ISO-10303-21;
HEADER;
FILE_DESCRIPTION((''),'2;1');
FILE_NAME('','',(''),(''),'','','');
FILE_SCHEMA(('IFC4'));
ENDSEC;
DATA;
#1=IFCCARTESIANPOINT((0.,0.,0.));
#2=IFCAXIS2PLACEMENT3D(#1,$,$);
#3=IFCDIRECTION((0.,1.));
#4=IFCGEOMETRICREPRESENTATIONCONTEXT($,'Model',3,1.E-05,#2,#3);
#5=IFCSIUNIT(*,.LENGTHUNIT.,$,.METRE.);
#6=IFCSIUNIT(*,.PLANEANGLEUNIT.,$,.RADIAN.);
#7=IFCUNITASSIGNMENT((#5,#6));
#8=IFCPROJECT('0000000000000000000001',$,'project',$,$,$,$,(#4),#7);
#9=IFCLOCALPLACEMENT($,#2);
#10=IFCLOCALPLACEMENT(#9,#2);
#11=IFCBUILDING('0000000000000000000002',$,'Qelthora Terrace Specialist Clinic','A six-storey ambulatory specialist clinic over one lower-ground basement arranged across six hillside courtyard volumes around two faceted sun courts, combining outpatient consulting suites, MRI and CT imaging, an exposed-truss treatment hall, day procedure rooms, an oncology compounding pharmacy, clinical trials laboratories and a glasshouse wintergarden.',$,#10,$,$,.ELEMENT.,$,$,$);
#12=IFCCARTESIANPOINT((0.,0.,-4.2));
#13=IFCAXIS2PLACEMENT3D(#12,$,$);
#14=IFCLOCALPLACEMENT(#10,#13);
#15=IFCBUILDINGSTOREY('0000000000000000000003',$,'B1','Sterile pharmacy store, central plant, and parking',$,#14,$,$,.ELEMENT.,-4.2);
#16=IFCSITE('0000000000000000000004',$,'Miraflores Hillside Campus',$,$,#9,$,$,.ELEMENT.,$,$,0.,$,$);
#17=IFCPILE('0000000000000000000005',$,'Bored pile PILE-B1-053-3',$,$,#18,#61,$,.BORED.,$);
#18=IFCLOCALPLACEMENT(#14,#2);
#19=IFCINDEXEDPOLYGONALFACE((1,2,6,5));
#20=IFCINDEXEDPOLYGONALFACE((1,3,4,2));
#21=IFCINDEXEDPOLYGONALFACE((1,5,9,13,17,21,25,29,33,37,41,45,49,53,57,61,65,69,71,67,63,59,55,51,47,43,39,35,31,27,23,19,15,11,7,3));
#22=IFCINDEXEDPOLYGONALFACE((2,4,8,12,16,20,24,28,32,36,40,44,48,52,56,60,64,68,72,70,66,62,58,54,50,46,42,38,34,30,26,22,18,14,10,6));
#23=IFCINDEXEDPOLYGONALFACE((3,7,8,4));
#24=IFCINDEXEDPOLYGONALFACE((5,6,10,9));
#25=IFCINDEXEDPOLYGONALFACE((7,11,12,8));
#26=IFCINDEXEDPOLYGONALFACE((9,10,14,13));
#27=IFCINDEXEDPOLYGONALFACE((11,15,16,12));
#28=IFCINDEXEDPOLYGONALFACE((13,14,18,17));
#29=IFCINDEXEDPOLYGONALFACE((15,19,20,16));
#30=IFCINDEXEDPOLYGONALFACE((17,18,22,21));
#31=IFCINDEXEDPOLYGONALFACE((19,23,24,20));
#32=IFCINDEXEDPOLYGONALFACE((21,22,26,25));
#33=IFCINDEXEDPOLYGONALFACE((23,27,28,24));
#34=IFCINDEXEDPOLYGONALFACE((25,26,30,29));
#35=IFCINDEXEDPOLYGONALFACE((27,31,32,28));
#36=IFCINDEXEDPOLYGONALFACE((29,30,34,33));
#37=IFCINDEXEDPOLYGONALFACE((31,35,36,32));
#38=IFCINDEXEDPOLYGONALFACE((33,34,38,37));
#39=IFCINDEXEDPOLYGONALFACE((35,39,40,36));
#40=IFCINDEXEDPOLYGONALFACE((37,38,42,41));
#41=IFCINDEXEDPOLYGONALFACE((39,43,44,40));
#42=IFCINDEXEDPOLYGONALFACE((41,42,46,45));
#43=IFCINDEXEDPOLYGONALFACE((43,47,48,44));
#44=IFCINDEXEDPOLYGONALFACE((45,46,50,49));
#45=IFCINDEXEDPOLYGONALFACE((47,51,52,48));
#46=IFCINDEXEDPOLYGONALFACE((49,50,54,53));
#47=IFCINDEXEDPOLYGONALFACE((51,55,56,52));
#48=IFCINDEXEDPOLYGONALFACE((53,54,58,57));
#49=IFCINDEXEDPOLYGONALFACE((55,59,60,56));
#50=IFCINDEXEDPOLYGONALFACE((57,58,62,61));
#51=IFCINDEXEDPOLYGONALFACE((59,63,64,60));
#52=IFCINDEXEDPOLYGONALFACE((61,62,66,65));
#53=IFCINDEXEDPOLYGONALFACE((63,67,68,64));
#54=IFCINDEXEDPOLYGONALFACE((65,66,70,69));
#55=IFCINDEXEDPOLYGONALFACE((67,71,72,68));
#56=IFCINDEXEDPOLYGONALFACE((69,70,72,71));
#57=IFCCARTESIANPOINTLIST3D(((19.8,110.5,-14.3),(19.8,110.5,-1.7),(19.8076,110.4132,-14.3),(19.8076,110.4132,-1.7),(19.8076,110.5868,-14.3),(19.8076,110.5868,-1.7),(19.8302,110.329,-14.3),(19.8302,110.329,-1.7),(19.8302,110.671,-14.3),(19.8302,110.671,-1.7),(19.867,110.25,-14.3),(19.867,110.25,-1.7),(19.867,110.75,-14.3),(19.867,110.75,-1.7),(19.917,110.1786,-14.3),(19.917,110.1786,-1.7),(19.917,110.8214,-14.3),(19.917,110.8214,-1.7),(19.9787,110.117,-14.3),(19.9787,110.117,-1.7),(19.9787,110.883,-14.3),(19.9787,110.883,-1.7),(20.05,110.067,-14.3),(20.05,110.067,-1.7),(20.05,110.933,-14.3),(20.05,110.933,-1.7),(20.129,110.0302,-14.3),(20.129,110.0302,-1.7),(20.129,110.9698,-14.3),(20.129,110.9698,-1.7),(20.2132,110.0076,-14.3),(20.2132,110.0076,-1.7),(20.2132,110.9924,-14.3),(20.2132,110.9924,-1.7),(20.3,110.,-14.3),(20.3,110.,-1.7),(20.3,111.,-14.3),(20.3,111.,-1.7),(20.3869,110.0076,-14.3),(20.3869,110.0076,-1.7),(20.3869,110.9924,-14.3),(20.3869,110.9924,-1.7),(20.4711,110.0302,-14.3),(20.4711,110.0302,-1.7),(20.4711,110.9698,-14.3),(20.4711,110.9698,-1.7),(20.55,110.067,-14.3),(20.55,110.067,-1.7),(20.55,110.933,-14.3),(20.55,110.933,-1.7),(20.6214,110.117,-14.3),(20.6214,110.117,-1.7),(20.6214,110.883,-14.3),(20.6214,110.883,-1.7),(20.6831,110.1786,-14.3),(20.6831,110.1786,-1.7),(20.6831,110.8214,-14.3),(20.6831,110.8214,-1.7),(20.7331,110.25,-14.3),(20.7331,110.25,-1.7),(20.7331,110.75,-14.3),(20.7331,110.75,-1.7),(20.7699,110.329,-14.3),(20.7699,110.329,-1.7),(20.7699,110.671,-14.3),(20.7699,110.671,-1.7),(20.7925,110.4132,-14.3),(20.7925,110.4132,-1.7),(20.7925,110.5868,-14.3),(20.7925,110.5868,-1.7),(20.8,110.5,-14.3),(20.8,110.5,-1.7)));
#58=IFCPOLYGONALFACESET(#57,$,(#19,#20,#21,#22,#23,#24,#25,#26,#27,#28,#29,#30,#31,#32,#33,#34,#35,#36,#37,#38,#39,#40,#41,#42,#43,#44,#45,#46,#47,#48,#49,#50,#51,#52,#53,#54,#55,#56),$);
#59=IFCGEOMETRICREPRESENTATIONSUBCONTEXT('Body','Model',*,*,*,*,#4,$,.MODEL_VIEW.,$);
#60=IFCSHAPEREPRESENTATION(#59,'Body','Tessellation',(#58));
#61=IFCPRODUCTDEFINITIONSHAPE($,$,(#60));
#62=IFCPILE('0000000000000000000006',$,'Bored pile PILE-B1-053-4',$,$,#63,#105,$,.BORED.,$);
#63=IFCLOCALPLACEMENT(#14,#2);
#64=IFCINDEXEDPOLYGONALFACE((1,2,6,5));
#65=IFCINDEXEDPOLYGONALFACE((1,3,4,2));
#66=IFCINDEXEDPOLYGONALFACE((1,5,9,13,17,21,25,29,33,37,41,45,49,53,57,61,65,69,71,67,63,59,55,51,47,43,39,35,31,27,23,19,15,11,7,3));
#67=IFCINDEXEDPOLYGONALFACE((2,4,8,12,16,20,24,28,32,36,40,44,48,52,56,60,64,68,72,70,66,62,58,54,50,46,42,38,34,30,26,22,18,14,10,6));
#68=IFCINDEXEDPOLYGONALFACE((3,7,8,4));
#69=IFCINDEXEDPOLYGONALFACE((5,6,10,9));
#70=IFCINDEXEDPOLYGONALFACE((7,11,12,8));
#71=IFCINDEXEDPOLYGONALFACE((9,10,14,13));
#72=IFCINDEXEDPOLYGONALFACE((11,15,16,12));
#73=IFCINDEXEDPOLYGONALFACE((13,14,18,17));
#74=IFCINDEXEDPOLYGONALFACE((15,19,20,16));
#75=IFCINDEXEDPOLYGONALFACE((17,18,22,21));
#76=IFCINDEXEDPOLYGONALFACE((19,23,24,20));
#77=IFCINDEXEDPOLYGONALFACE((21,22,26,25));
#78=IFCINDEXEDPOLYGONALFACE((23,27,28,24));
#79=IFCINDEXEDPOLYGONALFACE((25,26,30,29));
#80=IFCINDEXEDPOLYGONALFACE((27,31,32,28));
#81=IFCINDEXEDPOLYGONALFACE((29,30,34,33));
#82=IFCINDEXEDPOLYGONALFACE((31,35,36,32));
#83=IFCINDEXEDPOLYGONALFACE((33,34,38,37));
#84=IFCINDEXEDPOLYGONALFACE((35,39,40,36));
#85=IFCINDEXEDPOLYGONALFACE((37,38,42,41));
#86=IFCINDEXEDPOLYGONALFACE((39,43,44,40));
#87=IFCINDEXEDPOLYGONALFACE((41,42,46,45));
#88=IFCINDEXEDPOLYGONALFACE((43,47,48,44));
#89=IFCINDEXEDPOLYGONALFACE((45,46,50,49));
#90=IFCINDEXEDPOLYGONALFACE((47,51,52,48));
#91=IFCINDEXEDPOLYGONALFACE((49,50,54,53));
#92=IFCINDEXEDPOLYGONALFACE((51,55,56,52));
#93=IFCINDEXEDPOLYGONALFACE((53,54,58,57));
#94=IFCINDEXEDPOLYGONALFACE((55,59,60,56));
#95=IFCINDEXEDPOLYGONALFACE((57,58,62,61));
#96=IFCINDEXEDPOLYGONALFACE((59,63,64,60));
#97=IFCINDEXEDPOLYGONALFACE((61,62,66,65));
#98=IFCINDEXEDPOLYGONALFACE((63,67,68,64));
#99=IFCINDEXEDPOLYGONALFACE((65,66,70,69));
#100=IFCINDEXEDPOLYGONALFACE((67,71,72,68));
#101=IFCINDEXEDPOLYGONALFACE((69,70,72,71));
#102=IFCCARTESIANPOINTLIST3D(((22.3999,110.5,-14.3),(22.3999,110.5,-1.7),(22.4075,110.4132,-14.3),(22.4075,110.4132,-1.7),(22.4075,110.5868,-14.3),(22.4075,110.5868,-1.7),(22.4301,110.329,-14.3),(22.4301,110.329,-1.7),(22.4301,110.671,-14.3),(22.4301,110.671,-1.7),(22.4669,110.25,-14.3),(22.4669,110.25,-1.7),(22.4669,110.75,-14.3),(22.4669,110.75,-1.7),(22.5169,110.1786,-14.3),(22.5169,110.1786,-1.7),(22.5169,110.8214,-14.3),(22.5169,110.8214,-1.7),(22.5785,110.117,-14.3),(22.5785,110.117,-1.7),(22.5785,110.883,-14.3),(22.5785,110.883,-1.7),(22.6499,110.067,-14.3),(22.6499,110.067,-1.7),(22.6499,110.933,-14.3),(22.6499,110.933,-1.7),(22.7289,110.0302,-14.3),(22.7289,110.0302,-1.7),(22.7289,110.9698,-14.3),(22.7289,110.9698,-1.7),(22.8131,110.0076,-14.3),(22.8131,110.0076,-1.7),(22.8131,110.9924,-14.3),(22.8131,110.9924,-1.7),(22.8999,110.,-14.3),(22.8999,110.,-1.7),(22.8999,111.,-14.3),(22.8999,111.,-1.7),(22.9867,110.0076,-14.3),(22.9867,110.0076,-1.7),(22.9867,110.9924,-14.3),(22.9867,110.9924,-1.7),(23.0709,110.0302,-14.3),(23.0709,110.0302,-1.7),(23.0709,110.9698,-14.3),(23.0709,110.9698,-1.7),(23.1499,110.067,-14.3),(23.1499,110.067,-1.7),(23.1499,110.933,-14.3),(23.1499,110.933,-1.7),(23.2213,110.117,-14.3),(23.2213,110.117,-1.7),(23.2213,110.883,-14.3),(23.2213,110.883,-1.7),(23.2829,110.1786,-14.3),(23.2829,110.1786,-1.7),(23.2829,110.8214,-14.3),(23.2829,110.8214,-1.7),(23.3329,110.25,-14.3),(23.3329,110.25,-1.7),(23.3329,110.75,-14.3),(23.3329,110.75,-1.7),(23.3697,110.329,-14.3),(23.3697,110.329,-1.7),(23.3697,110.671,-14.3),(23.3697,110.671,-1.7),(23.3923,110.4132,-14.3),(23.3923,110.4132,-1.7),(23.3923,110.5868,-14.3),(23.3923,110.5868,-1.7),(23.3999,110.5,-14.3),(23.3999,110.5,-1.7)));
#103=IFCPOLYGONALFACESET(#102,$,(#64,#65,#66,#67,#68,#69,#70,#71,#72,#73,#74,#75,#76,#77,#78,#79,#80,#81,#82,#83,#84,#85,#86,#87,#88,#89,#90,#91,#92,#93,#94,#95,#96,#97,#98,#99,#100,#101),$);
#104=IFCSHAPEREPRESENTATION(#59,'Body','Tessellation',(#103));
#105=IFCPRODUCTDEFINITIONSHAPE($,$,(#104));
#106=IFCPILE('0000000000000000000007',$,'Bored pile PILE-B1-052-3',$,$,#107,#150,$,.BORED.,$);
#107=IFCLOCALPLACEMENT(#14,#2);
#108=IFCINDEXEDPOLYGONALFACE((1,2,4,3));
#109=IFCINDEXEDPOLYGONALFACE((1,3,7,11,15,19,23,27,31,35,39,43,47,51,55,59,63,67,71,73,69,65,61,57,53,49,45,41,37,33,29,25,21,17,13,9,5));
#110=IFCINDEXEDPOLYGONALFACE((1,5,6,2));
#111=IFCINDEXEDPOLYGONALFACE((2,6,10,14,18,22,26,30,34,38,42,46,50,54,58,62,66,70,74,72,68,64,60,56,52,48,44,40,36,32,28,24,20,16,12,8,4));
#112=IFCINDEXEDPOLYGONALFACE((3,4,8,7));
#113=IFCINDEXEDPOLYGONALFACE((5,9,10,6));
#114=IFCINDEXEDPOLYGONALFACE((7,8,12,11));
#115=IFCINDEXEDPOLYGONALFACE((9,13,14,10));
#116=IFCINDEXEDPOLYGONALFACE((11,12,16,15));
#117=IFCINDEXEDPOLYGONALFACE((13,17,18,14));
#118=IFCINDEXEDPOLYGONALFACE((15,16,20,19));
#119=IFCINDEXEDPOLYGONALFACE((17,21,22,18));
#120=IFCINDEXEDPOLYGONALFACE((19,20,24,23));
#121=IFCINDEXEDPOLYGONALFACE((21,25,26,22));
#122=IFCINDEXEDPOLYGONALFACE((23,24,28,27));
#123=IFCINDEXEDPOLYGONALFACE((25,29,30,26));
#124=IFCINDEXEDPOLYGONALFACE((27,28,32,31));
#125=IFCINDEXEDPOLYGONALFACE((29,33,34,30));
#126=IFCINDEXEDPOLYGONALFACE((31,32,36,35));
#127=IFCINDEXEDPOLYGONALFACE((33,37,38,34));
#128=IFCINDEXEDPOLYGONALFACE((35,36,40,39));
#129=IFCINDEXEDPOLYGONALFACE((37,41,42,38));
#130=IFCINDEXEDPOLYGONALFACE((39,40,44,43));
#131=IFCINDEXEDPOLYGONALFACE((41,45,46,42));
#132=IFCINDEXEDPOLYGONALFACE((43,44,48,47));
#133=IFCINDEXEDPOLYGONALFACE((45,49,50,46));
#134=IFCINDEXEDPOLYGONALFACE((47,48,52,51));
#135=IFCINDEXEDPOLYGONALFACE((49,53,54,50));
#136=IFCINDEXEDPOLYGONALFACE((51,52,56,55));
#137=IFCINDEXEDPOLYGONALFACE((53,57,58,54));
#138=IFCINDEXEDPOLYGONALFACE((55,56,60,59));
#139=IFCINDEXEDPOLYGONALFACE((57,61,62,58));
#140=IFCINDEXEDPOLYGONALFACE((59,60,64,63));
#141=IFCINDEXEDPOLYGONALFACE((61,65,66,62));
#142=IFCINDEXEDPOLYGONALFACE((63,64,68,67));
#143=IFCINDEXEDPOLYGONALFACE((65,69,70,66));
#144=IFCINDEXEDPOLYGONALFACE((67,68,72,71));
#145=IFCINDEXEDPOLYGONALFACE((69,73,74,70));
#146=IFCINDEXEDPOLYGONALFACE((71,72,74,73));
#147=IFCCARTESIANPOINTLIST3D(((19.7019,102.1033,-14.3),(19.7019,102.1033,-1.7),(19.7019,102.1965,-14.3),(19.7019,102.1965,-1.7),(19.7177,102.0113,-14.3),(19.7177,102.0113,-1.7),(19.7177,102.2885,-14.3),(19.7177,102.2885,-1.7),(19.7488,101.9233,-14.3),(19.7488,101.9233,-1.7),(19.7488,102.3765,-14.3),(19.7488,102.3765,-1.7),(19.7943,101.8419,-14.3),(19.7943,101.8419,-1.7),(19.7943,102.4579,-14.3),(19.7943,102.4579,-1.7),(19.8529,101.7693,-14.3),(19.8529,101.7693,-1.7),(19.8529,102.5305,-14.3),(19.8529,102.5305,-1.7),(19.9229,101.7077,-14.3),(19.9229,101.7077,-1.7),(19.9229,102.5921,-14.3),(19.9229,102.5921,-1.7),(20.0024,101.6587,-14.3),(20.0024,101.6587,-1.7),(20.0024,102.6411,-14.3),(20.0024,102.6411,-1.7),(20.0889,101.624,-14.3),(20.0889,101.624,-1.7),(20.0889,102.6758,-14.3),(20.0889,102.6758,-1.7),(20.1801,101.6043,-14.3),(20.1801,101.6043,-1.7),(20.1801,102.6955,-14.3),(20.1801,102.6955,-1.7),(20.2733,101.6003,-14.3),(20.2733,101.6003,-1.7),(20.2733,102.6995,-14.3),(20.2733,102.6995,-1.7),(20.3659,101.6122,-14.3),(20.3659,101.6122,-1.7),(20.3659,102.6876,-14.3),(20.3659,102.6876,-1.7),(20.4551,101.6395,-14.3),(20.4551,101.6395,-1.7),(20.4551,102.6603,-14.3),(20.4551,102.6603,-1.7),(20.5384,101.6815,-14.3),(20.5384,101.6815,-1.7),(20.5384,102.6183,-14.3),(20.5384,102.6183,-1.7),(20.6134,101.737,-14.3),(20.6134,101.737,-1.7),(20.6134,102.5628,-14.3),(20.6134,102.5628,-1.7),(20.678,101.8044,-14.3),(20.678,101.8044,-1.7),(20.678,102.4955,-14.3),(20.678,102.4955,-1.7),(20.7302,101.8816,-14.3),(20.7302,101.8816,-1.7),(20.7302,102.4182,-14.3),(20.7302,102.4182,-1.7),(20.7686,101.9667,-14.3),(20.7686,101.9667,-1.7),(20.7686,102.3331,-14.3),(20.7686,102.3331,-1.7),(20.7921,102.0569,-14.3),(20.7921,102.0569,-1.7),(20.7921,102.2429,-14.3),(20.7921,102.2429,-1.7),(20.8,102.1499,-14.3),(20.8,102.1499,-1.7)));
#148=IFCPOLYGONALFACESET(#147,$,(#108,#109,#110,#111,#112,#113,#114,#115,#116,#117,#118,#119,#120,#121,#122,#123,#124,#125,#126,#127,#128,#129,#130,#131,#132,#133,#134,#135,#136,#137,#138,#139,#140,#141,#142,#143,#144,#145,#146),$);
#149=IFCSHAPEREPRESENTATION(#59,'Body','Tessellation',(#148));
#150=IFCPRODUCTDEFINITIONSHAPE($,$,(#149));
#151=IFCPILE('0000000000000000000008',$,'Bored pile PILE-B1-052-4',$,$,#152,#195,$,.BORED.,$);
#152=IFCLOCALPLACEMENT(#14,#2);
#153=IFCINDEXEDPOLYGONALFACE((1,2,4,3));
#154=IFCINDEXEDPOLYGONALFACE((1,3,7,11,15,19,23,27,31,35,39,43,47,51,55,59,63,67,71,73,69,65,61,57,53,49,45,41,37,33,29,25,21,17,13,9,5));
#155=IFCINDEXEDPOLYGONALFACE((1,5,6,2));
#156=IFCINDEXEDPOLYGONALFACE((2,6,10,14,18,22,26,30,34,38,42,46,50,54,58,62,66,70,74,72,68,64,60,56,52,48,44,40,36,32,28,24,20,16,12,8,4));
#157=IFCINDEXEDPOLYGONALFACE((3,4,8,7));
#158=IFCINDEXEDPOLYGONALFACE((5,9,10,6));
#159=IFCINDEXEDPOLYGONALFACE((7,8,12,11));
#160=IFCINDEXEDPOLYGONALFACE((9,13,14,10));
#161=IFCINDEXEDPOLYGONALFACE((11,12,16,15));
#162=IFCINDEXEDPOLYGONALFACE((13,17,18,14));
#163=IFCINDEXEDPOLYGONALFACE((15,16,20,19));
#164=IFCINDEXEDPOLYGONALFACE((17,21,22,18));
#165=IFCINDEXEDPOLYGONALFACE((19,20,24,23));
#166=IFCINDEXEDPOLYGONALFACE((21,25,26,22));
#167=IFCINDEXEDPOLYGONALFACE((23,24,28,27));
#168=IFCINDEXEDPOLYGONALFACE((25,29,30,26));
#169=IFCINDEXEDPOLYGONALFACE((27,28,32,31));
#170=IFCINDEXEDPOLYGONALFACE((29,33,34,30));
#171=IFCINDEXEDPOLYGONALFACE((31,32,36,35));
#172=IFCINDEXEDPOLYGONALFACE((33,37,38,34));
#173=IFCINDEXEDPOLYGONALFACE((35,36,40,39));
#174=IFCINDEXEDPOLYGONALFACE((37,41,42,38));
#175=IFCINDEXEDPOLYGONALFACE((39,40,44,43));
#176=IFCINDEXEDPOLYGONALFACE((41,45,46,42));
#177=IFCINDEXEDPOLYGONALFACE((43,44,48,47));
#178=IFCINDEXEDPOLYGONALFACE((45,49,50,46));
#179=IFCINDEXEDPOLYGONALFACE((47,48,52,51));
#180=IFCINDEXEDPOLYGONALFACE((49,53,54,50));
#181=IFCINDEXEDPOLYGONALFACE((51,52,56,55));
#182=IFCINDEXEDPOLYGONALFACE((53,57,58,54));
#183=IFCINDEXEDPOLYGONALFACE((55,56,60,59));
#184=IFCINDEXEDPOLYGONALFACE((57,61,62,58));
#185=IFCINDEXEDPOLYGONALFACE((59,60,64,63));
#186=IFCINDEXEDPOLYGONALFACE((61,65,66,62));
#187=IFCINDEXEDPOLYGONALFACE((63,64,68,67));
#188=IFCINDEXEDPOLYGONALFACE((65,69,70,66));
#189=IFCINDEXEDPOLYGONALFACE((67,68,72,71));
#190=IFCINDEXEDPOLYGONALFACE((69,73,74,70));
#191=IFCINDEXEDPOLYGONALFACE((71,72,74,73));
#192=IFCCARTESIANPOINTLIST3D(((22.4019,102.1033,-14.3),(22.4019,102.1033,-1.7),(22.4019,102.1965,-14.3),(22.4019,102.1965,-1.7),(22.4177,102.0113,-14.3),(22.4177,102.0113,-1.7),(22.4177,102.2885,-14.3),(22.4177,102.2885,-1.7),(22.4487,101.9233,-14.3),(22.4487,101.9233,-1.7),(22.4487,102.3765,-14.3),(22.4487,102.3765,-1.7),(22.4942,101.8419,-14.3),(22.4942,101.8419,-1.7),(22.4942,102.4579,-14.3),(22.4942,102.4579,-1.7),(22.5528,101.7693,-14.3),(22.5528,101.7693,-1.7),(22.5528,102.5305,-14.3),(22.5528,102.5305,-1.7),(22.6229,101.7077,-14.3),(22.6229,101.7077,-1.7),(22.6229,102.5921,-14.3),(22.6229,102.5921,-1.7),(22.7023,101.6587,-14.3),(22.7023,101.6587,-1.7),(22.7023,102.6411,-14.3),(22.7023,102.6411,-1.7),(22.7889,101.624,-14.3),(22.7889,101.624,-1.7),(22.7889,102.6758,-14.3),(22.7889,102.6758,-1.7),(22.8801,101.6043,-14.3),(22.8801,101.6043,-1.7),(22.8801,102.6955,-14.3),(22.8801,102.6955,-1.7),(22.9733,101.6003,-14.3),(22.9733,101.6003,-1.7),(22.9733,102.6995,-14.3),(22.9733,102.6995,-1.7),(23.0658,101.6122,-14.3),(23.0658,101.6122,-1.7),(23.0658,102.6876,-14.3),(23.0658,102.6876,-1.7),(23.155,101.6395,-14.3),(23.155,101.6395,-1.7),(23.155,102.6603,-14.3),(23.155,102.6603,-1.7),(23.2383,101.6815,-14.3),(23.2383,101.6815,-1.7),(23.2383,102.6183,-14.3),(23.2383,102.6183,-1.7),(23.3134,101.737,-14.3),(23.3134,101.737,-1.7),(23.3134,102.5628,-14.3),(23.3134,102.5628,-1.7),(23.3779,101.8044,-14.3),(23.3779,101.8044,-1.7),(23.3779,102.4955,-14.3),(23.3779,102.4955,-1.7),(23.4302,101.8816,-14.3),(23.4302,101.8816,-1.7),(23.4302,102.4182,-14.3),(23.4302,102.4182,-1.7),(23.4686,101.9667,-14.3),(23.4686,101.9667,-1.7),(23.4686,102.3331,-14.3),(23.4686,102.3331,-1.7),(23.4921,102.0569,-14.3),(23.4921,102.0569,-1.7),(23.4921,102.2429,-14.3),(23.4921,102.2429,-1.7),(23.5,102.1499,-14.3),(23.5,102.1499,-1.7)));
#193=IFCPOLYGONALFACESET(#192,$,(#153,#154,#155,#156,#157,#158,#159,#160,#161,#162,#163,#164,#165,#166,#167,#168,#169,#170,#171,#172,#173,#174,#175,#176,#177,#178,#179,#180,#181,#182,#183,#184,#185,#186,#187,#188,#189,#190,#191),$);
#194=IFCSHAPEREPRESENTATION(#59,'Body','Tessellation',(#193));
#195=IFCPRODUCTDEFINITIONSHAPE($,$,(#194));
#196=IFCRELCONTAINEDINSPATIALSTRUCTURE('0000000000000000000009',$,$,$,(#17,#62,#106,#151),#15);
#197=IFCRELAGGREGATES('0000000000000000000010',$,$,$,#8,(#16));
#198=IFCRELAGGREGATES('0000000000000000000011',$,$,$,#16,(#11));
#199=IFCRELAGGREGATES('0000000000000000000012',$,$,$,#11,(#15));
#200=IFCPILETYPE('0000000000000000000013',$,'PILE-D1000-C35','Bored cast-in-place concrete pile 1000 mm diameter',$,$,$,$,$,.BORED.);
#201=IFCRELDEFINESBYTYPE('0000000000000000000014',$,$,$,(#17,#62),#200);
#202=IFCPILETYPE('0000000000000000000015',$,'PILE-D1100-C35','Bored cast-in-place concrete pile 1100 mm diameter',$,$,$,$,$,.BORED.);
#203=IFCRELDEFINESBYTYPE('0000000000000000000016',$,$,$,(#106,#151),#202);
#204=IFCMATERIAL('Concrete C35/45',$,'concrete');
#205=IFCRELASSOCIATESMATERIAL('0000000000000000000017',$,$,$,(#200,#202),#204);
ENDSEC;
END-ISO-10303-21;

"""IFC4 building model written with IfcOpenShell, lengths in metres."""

from ifc_helpers import new_model, si_unit, direction, frame, origin, origin_2d, place, context, subcontext, project, spatial, circle, extrude, material, material_profile, profile_set, type_object, element, save


model = new_model("IFC4")

# Units and contexts
model_context = context("Model", 3, precision=1e-05, world=origin(), true_north=direction((0.0, 1.0)))
body_context = subcontext(model_context, "Body", "Model", "MODEL_VIEW")
ifc_project = project(units=[si_unit("LENGTHUNIT", "METRE"), si_unit("PLANEANGLEUNIT", "RADIAN")], contexts=[model_context])

# Site, building, storey
site_placement = place(None, origin())
site = spatial("IfcSite", under=ifc_project, at=site_placement, Name="Miraflores Hillside Campus", CompositionType="ELEMENT", RefElevation=0.0)
building_placement = place(site_placement, origin())
building = spatial("IfcBuilding", under=site, at=building_placement, Name="Qelthora Terrace Specialist Clinic", Description="A six-storey ambulatory specialist clinic over one lower-ground basement arranged across six hillside courtyard volumes around two faceted sun courts, combining outpatient consulting suites, MRI and CT imaging, an exposed-truss treatment hall, day procedure rooms, an oncology compounding pharmacy, clinical trials laboratories and a glasshouse wintergarden.", CompositionType="ELEMENT")
storey_placement = place(building_placement, frame((0.0, 0.0, -4.2)))
storey = spatial("IfcBuildingStorey", under=building, at=storey_placement, Name="B1", Description="Sterile pharmacy store, central plant, and parking", CompositionType="ELEMENT", Elevation=-4.2)

# Shared definitions
ifc_material_1 = material(Name="Concrete C35/45", Category="concrete")

# Piles
ifc_material_profile_1 = material_profile(ifc_material_1, circle(Radius=0.5, at=origin_2d()), Name="PILE1000")
ifc_profile_set_1 = profile_set([ifc_material_profile_1], Name="Concrete C35/45")
pile_type_1 = type_object("IfcPileType", Name="PILE-D1000-C35", Description="Bored cast-in-place concrete pile 1000 mm diameter", PredefinedType="BORED", material=ifc_profile_set_1)
for number, where, z_axis, x_axis, name in (
    (1, (20.3, 110.5, -1.7), (0.0, 0.0, -1.0), (1.0, 0.0, 0.0), "Bored pile PILE-B1-053-3"),
    (2, (22.8999, 110.5, -1.7), (0.0, 0.0, -1.0), (1.0, 0.0, 0.0), "Bored pile PILE-B1-053-4"),
):
    element("IfcPile", number, at=place(storey_placement, frame(where, z_axis=z_axis, x_axis=x_axis)), inside=storey, type_object=pile_type_1, Name=name, PredefinedType="BORED", context=body_context, shape_type="SweptSolid", body=[
        extrude(circle(Radius=0.5, at=origin_2d()), origin(), (0.0, 0.0, 1.0), 12.6001),
    ])
ifc_material_profile_2 = material_profile(ifc_material_1, circle(Radius=0.55, at=origin_2d()), Name="PILE1100")
ifc_profile_set_2 = profile_set([ifc_material_profile_2], Name="Concrete C35/45")
pile_type_2 = type_object("IfcPileType", Name="PILE-D1100-C35", Description="Bored cast-in-place concrete pile 1100 mm diameter", PredefinedType="BORED", material=ifc_profile_set_2)
for number, where, z_axis, x_axis, name in (
    (3, (20.25, 102.1499, -1.7), (0.0, 0.0, -1.0), (1.0, 0.0, 0.0), "Bored pile PILE-B1-052-3"),
    (4, (22.95, 102.1499, -1.7), (0.0, 0.0, -1.0), (1.0, 0.0, 0.0), "Bored pile PILE-B1-052-4"),
):
    element("IfcPile", number, at=place(storey_placement, frame(where, z_axis=z_axis, x_axis=x_axis)), inside=storey, type_object=pile_type_2, Name=name, PredefinedType="BORED", context=body_context, shape_type="SweptSolid", body=[
        extrude(circle(Radius=0.55, at=origin_2d()), origin(), (0.0, 0.0, 1.0), 12.6001),
    ])

save(model, "model.ifc")
